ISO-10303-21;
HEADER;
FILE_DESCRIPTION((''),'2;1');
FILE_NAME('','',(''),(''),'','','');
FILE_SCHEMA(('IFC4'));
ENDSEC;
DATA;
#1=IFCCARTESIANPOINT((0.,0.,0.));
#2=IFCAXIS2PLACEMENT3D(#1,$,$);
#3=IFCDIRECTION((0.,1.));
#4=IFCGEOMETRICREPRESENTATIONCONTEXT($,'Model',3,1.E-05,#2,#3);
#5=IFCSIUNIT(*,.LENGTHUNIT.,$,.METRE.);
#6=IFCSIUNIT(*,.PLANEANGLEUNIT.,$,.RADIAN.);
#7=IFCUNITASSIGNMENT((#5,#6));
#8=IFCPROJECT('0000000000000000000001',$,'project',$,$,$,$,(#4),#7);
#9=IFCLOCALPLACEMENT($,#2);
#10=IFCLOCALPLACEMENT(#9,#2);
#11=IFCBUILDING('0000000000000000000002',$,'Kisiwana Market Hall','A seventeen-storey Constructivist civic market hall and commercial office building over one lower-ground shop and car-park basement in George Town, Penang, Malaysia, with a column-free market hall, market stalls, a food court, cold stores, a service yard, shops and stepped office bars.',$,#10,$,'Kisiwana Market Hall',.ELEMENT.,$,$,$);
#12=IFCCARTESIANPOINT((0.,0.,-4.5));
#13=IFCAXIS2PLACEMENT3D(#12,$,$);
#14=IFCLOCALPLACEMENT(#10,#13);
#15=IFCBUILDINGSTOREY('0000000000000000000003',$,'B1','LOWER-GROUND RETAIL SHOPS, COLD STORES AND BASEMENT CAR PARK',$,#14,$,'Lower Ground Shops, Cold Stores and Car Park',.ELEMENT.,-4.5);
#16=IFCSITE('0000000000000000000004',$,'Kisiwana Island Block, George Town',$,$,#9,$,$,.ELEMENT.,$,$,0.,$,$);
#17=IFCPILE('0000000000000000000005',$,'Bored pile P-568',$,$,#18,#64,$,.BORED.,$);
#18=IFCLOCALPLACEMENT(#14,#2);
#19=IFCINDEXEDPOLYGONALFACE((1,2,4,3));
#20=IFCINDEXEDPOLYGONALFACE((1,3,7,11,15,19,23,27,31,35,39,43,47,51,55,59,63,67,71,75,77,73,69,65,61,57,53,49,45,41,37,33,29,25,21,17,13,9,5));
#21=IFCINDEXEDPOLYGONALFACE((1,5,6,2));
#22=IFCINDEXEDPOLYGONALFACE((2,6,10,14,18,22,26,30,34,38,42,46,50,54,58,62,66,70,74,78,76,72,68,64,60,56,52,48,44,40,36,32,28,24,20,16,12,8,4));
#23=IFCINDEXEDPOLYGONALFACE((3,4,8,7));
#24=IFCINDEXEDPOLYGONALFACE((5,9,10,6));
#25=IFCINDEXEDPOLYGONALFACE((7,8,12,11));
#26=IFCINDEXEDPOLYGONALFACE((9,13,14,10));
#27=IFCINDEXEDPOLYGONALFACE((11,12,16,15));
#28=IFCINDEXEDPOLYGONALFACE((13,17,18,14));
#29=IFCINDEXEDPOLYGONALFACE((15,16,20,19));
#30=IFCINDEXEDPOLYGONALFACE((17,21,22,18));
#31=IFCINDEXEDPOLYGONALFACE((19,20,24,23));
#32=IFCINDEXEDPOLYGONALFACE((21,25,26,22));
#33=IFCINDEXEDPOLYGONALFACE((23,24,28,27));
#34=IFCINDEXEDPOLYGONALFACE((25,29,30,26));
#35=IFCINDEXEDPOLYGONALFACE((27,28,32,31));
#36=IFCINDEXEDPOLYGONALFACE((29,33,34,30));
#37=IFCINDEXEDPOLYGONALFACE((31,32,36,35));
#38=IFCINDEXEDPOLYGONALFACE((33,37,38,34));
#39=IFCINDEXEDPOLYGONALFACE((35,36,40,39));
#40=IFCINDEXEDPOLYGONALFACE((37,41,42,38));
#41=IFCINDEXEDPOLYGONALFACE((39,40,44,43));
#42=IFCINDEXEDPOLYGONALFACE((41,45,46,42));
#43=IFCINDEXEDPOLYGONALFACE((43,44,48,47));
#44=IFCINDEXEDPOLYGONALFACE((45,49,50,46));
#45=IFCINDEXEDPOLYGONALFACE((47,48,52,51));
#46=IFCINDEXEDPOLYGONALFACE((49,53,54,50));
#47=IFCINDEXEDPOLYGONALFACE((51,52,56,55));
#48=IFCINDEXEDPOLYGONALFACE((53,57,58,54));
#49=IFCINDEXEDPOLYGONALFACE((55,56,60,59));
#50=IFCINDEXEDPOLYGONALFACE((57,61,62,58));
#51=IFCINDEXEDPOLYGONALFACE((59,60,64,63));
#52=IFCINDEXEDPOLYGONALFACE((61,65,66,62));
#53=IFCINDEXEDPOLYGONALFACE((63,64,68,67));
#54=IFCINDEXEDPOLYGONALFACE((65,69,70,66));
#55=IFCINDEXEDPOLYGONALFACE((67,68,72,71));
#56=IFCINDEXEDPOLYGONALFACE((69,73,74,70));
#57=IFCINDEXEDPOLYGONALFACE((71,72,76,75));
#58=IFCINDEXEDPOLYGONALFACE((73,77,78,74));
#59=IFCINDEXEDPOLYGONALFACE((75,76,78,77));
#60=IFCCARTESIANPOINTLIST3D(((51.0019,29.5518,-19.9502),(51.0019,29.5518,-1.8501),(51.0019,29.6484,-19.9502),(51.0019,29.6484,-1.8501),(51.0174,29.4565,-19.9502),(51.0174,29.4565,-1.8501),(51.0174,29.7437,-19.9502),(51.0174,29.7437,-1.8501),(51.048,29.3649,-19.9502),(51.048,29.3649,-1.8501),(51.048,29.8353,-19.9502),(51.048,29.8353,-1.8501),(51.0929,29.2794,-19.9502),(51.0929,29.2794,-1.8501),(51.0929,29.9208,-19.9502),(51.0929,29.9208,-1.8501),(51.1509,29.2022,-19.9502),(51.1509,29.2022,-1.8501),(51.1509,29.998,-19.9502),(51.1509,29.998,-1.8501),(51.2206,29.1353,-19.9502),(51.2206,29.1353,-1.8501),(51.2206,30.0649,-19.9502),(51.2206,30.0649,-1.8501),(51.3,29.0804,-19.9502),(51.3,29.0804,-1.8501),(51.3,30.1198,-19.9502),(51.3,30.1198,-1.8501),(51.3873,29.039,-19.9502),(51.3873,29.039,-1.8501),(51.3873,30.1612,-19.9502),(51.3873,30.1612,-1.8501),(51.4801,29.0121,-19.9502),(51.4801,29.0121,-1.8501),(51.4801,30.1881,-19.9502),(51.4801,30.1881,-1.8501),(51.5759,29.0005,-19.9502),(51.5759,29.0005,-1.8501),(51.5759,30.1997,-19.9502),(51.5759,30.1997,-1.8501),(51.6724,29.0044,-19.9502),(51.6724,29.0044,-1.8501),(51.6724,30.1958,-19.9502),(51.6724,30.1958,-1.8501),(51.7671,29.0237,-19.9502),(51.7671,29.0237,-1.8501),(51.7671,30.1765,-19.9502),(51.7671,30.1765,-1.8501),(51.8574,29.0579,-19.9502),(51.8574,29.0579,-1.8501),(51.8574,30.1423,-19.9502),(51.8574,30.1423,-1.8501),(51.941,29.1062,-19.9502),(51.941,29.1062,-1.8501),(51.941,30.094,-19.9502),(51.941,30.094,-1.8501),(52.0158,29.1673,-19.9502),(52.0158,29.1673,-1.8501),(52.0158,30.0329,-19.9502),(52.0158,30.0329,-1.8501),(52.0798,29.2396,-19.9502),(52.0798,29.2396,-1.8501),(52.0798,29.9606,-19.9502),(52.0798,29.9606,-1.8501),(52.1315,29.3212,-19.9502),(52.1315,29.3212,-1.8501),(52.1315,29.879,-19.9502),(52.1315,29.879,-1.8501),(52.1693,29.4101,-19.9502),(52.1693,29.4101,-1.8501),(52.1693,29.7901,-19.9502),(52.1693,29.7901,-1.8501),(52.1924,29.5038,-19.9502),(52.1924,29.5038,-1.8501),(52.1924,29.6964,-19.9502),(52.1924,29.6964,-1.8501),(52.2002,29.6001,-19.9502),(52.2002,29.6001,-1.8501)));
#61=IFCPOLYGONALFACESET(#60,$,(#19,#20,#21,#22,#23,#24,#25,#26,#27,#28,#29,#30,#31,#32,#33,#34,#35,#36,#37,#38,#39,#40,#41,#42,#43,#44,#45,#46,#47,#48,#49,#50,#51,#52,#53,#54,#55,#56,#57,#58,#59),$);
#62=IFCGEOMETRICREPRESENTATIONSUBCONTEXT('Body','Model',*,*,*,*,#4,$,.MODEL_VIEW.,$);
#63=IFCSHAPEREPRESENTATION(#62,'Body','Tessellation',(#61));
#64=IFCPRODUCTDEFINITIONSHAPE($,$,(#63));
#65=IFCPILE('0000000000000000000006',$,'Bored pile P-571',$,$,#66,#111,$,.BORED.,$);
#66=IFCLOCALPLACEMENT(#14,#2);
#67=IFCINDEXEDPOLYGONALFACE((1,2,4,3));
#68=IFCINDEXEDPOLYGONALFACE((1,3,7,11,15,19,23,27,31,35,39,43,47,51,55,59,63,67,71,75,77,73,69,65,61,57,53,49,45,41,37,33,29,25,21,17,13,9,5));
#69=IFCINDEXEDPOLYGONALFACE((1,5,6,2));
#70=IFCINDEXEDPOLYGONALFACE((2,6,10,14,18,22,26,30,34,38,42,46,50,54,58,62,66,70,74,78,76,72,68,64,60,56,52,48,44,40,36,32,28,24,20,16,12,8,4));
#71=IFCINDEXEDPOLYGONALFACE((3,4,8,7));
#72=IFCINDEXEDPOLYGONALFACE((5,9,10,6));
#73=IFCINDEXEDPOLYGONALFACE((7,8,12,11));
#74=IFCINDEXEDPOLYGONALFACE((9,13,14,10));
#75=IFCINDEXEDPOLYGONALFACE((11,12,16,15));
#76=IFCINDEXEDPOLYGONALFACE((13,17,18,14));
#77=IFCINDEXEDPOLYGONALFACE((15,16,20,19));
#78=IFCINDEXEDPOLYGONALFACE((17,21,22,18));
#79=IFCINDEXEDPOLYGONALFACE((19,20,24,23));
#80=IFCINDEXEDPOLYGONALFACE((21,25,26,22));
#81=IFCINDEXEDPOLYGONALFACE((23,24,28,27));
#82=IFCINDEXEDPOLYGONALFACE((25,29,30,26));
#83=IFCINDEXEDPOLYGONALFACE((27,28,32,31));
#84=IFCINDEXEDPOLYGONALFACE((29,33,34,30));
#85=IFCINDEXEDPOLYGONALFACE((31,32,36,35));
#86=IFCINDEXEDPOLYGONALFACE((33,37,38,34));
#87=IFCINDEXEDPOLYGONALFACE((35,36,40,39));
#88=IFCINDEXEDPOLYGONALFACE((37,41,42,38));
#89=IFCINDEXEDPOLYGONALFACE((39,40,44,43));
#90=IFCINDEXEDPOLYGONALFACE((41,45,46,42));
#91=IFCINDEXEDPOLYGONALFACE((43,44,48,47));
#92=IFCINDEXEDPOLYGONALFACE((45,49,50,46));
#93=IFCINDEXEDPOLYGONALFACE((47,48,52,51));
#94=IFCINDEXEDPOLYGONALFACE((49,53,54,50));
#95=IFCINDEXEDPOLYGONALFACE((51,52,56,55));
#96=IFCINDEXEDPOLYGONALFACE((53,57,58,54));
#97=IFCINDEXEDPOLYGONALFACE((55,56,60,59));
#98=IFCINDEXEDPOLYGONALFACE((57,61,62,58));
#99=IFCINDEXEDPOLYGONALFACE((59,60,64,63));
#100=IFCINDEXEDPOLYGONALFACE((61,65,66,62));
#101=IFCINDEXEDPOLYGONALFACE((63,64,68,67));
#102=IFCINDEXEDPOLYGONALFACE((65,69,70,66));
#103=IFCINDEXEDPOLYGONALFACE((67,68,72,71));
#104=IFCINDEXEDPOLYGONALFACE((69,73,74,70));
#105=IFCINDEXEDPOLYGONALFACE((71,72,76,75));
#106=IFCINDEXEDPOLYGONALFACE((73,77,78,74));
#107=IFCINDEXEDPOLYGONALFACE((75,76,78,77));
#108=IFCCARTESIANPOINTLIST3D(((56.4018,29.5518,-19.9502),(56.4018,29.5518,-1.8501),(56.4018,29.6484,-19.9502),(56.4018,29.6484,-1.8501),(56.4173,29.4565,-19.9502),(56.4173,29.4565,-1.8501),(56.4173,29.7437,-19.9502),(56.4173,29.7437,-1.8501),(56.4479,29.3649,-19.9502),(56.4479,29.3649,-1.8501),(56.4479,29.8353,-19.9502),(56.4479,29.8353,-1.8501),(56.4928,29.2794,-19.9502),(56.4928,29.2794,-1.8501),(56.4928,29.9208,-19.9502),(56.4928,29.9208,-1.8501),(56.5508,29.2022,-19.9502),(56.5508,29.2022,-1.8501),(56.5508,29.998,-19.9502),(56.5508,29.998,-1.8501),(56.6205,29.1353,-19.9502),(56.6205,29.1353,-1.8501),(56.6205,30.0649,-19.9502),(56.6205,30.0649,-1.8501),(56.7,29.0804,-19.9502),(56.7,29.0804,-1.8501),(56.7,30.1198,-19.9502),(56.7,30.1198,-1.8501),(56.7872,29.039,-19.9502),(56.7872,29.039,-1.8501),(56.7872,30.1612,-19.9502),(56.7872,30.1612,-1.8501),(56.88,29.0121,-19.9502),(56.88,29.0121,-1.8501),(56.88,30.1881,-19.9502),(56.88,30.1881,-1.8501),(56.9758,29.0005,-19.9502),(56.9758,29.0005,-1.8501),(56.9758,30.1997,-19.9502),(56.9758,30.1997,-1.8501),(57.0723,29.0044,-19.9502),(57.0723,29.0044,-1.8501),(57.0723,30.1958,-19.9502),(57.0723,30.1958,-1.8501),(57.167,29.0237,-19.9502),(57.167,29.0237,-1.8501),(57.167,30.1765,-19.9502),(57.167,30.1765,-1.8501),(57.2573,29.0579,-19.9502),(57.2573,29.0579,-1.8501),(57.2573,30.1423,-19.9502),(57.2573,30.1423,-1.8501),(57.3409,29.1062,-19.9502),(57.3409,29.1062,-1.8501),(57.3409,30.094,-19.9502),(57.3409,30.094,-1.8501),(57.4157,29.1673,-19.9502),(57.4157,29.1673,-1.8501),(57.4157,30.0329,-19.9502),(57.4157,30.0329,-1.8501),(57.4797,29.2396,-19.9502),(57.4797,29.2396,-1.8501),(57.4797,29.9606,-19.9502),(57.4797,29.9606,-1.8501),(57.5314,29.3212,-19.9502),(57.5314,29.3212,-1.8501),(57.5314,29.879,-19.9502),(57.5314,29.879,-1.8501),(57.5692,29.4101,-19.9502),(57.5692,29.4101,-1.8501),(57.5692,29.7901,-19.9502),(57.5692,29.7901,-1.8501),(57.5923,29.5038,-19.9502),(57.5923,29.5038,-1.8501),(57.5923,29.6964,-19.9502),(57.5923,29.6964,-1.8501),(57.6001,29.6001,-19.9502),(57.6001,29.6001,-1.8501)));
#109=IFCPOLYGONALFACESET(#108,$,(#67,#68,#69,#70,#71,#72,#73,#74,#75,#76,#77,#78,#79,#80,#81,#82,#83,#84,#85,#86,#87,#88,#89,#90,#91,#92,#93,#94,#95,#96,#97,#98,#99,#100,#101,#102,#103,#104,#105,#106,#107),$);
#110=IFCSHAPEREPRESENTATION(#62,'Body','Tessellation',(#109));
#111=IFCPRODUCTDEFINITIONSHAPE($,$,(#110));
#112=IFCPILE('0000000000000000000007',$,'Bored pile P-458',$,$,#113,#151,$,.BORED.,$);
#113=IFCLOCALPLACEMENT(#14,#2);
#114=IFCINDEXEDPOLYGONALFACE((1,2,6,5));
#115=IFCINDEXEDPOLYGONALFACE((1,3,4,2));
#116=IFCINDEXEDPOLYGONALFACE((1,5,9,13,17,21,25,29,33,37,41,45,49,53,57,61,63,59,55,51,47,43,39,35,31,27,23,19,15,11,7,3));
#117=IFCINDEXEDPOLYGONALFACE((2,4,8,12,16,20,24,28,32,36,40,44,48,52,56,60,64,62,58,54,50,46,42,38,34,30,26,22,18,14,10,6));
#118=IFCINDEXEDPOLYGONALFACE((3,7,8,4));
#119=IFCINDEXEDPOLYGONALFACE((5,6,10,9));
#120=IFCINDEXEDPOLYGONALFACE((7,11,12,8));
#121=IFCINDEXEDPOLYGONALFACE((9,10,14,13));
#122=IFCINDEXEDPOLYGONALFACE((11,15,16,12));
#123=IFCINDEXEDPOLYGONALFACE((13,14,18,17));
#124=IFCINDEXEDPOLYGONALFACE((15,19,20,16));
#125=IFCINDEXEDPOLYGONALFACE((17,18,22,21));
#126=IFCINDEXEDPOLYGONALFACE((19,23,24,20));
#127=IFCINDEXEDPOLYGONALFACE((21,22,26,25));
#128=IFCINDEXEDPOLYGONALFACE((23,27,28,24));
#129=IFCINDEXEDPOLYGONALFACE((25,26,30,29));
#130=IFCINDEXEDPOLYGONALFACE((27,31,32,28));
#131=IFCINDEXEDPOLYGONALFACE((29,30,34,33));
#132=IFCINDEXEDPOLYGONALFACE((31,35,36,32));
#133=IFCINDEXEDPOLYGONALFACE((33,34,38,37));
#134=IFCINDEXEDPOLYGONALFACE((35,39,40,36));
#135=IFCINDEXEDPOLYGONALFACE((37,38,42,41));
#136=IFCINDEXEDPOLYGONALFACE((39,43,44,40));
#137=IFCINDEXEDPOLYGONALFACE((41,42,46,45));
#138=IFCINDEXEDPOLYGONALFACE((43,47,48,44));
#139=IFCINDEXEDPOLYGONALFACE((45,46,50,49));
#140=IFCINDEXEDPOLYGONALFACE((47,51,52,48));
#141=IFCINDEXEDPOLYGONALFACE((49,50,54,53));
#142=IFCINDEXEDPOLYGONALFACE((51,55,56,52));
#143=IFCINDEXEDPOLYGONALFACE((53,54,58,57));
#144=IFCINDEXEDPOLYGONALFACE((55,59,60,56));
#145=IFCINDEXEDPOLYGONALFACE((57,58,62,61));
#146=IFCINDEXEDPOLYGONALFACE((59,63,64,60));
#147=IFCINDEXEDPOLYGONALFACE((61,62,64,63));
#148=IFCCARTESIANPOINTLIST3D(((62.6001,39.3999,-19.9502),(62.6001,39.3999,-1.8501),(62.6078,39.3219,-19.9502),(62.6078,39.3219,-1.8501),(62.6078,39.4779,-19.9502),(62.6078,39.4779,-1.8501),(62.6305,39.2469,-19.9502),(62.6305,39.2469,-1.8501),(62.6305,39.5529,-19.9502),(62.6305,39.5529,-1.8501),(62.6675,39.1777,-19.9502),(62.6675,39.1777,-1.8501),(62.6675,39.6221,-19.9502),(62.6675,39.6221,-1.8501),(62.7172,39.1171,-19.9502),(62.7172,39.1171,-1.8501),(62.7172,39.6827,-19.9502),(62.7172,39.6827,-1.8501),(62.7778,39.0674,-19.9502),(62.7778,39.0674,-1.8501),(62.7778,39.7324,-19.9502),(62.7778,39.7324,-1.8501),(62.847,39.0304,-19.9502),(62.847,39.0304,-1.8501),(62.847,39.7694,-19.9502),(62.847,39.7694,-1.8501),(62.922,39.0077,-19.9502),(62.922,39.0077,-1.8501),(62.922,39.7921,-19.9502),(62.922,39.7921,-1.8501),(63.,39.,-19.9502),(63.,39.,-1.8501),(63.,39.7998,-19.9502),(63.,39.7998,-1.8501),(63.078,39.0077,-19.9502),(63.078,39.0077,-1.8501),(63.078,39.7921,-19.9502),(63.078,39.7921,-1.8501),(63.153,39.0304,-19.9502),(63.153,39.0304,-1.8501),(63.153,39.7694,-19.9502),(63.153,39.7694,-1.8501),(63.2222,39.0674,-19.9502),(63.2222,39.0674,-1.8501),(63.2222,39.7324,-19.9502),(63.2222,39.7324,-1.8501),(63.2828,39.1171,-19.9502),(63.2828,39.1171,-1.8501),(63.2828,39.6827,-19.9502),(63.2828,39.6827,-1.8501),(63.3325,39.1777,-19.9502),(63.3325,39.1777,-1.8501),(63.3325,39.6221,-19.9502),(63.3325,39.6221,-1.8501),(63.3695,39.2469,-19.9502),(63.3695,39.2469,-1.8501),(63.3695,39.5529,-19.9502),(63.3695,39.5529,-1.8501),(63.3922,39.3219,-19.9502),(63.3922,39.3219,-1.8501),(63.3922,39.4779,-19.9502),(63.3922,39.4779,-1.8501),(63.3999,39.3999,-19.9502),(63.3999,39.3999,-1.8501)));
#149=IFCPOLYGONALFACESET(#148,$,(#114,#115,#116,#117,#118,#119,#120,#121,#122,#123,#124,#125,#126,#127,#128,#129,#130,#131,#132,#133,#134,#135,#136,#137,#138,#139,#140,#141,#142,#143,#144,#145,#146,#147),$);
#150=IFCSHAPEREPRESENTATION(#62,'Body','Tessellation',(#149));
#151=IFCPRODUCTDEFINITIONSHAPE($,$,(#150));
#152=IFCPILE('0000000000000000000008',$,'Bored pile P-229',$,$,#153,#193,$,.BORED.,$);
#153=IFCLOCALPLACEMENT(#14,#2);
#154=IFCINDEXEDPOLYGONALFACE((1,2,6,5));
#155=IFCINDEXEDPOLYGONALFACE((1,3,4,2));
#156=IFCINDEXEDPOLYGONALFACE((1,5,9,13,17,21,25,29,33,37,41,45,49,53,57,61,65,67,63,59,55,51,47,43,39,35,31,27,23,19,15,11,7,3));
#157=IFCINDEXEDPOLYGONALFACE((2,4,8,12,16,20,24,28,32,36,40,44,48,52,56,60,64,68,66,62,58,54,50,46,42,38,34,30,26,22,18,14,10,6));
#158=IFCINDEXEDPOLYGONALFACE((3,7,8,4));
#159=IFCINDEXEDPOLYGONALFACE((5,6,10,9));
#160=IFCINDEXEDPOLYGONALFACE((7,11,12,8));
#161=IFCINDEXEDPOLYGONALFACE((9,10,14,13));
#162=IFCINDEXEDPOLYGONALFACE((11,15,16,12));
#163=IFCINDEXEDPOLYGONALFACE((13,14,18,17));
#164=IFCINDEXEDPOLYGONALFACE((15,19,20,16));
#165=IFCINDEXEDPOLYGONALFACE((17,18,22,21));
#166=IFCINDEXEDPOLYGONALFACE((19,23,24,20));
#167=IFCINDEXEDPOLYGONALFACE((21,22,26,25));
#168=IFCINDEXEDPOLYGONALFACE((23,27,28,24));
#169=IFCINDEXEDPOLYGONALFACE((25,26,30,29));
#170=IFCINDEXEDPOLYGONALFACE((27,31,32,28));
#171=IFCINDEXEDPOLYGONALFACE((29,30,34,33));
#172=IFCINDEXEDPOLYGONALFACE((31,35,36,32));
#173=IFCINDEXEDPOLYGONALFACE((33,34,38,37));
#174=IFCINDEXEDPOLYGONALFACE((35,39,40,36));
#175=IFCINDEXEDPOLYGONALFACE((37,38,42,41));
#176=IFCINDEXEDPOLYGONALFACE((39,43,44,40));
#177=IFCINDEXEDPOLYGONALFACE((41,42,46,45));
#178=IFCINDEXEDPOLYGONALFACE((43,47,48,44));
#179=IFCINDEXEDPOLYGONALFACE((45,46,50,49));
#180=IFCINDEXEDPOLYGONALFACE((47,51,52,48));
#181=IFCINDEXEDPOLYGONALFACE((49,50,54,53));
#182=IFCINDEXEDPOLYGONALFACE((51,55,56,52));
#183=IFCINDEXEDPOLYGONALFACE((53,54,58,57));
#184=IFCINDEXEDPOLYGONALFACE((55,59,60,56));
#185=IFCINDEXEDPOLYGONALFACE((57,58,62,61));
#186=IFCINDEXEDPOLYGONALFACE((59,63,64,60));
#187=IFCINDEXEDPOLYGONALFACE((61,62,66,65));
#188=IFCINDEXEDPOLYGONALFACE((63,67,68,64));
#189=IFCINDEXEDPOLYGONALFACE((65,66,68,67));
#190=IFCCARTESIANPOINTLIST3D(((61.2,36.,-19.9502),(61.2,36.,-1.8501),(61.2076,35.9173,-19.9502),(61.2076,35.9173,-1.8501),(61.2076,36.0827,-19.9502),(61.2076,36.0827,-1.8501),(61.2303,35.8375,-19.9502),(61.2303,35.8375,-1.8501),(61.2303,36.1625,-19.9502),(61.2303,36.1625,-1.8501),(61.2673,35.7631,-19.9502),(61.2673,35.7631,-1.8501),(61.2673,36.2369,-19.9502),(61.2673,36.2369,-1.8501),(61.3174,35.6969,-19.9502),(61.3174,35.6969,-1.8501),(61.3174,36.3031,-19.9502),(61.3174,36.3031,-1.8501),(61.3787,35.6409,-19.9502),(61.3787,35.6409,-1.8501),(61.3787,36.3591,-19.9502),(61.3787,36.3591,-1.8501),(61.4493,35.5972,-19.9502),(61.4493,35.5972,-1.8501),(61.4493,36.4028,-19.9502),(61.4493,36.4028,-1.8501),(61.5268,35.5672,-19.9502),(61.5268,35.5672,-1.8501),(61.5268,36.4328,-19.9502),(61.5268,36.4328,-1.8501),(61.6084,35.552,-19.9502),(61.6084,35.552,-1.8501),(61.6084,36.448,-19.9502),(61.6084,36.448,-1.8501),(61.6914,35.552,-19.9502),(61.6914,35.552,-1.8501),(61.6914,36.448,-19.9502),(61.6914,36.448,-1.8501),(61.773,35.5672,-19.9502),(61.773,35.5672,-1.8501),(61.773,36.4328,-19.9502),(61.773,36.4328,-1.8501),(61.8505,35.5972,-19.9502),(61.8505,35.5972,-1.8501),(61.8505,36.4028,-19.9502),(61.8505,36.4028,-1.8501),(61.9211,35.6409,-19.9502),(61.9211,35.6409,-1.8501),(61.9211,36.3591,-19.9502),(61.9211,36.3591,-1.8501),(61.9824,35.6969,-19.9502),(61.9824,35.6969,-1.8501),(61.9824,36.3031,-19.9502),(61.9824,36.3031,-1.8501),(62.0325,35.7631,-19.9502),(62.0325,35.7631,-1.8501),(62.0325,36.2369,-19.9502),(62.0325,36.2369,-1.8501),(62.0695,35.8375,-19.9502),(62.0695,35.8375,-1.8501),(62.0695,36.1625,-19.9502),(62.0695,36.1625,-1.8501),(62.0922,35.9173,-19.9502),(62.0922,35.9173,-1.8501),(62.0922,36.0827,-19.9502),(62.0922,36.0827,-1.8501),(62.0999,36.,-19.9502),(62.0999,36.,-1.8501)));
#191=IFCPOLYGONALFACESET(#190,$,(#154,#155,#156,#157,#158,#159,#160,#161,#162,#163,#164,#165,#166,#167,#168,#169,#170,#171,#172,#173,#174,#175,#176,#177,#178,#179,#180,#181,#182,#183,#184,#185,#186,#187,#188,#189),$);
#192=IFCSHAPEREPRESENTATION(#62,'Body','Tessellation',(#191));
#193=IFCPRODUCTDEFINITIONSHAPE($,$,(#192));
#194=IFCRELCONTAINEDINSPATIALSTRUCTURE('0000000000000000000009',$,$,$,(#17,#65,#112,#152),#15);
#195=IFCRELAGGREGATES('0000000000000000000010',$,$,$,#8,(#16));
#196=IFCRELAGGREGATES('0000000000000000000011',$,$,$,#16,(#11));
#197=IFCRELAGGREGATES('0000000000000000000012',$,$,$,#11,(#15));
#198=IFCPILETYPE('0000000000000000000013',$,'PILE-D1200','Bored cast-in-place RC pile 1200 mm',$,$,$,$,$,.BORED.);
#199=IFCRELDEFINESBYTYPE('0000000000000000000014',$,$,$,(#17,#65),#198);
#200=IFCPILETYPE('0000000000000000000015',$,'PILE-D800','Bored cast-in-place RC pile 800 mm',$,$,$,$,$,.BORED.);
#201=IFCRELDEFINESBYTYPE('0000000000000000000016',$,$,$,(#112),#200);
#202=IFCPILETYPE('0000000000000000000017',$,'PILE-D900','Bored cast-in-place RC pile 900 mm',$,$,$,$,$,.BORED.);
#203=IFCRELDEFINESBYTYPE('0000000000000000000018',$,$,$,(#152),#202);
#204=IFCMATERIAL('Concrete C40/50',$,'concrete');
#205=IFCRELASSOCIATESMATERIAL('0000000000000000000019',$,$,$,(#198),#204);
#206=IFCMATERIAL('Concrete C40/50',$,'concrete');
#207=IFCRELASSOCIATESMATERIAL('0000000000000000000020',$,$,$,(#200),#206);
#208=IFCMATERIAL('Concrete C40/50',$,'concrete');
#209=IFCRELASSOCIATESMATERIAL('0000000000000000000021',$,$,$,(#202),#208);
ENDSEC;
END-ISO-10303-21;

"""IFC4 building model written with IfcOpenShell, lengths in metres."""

from ifc_helpers import new_model, si_unit, direction, frame, origin, origin_2d, place, context, subcontext, project, spatial, circle, extrude, material, material_profile, profile_set, type_object, element, save


model = new_model("IFC4")

# Units and contexts
model_context = context("Model", 3, precision=1e-05, world=origin(), true_north=direction((0.0, 1.0)))
body_context = subcontext(model_context, "Body", "Model", "MODEL_VIEW")
ifc_project = project(units=[si_unit("LENGTHUNIT", "METRE"), si_unit("PLANEANGLEUNIT", "RADIAN")], contexts=[model_context])

# Site, building, storey
site_placement = place(None, origin())
site = spatial("IfcSite", under=ifc_project, at=site_placement, Name="Kisiwana Island Block, George Town", CompositionType="ELEMENT", RefElevation=0.0)
building_placement = place(site_placement, origin())
building = spatial("IfcBuilding", under=site, at=building_placement, Name="Kisiwana Market Hall", Description="A seventeen-storey Constructivist civic market hall and commercial office building over one lower-ground shop and car-park basement in George Town, Penang, Malaysia, with a column-free market hall, market stalls, a food court, cold stores, a service yard, shops and stepped office bars.", LongName="Kisiwana Market Hall", CompositionType="ELEMENT")
storey_placement = place(building_placement, frame((0.0, 0.0, -4.5)))
storey = spatial("IfcBuildingStorey", under=building, at=storey_placement, Name="B1", Description="LOWER-GROUND RETAIL SHOPS, COLD STORES AND BASEMENT CAR PARK", LongName="Lower Ground Shops, Cold Stores and Car Park", CompositionType="ELEMENT", Elevation=-4.5)

# Piles
ifc_material_1 = material(Name="Concrete C40/50", Category="concrete")
ifc_material_profile_1 = material_profile(ifc_material_1, circle(Radius=0.6001, at=origin_2d()), Name="BP D1200")
ifc_profile_set_1 = profile_set([ifc_material_profile_1], Name="Concrete C40/50")
pile_type_1 = type_object("IfcPileType", Name="PILE-D1200", Description="Bored cast-in-place RC pile 1200 mm", PredefinedType="BORED", material=ifc_profile_set_1)
for number, where, z_axis, x_axis, name in (
    (1, (51.6001, 29.6001, -1.8501), (0.0, 0.0, -1.0), (1.0, 0.0, 0.0), "Bored pile P-568"),
    (2, (57.0, 29.6001, -1.8501), (0.0, 0.0, -1.0), (1.0, 0.0, 0.0), "Bored pile P-571"),
):
    element("IfcPile", number, at=place(storey_placement, frame(where, z_axis=z_axis, x_axis=x_axis)), inside=storey, type_object=pile_type_1, Name=name, PredefinedType="BORED", context=body_context, shape_type="SweptSolid", body=[
        extrude(circle(Radius=0.6001, at=origin_2d()), origin(), (0.0, 0.0, 1.0), 18.1001),
    ])
ifc_material_2 = material(Name="Concrete C40/50", Category="concrete")
ifc_material_profile_2 = material_profile(ifc_material_2, circle(Radius=0.3999, at=origin_2d()), Name="BP D800")
ifc_profile_set_2 = profile_set([ifc_material_profile_2], Name="Concrete C40/50")
pile_type_2 = type_object("IfcPileType", Name="PILE-D800", Description="Bored cast-in-place RC pile 800 mm", PredefinedType="BORED", material=ifc_profile_set_2)
pile_placement = place(storey_placement, frame((63.0, 39.3999, -1.8501), z_axis=(0.0, 0.0, -1.0), x_axis=(1.0, 0.0, 0.0)))
element("IfcPile", 3, at=pile_placement, inside=storey, type_object=pile_type_2, Name="Bored pile P-458", PredefinedType="BORED", context=body_context, shape_type="SweptSolid", body=[
    extrude(circle(Radius=0.3999, at=origin_2d()), origin(), (0.0, 0.0, 1.0), 18.1001),
])
ifc_material_3 = material(Name="Concrete C40/50", Category="concrete")
ifc_material_profile_3 = material_profile(ifc_material_3, circle(Radius=0.45, at=origin_2d()), Name="BP D900")
ifc_profile_set_3 = profile_set([ifc_material_profile_3], Name="Concrete C40/50")
pile_type_3 = type_object("IfcPileType", Name="PILE-D900", Description="Bored cast-in-place RC pile 900 mm", PredefinedType="BORED", material=ifc_profile_set_3)
for number, where, z_axis, x_axis, name in (
    (4, (61.6499, 36.0, -1.8501), (0.0, 0.0, -1.0), (1.0, 0.0, 0.0), "Bored pile P-229"),
):
    element("IfcPile", number, at=place(storey_placement, frame(where, z_axis=z_axis, x_axis=x_axis)), inside=storey, type_object=pile_type_3, Name=name, PredefinedType="BORED", context=body_context, shape_type="SweptSolid", body=[
        extrude(circle(Radius=0.45, at=origin_2d()), origin(), (0.0, 0.0, 1.0), 18.1001),
    ])

save(model, "model.ifc")
